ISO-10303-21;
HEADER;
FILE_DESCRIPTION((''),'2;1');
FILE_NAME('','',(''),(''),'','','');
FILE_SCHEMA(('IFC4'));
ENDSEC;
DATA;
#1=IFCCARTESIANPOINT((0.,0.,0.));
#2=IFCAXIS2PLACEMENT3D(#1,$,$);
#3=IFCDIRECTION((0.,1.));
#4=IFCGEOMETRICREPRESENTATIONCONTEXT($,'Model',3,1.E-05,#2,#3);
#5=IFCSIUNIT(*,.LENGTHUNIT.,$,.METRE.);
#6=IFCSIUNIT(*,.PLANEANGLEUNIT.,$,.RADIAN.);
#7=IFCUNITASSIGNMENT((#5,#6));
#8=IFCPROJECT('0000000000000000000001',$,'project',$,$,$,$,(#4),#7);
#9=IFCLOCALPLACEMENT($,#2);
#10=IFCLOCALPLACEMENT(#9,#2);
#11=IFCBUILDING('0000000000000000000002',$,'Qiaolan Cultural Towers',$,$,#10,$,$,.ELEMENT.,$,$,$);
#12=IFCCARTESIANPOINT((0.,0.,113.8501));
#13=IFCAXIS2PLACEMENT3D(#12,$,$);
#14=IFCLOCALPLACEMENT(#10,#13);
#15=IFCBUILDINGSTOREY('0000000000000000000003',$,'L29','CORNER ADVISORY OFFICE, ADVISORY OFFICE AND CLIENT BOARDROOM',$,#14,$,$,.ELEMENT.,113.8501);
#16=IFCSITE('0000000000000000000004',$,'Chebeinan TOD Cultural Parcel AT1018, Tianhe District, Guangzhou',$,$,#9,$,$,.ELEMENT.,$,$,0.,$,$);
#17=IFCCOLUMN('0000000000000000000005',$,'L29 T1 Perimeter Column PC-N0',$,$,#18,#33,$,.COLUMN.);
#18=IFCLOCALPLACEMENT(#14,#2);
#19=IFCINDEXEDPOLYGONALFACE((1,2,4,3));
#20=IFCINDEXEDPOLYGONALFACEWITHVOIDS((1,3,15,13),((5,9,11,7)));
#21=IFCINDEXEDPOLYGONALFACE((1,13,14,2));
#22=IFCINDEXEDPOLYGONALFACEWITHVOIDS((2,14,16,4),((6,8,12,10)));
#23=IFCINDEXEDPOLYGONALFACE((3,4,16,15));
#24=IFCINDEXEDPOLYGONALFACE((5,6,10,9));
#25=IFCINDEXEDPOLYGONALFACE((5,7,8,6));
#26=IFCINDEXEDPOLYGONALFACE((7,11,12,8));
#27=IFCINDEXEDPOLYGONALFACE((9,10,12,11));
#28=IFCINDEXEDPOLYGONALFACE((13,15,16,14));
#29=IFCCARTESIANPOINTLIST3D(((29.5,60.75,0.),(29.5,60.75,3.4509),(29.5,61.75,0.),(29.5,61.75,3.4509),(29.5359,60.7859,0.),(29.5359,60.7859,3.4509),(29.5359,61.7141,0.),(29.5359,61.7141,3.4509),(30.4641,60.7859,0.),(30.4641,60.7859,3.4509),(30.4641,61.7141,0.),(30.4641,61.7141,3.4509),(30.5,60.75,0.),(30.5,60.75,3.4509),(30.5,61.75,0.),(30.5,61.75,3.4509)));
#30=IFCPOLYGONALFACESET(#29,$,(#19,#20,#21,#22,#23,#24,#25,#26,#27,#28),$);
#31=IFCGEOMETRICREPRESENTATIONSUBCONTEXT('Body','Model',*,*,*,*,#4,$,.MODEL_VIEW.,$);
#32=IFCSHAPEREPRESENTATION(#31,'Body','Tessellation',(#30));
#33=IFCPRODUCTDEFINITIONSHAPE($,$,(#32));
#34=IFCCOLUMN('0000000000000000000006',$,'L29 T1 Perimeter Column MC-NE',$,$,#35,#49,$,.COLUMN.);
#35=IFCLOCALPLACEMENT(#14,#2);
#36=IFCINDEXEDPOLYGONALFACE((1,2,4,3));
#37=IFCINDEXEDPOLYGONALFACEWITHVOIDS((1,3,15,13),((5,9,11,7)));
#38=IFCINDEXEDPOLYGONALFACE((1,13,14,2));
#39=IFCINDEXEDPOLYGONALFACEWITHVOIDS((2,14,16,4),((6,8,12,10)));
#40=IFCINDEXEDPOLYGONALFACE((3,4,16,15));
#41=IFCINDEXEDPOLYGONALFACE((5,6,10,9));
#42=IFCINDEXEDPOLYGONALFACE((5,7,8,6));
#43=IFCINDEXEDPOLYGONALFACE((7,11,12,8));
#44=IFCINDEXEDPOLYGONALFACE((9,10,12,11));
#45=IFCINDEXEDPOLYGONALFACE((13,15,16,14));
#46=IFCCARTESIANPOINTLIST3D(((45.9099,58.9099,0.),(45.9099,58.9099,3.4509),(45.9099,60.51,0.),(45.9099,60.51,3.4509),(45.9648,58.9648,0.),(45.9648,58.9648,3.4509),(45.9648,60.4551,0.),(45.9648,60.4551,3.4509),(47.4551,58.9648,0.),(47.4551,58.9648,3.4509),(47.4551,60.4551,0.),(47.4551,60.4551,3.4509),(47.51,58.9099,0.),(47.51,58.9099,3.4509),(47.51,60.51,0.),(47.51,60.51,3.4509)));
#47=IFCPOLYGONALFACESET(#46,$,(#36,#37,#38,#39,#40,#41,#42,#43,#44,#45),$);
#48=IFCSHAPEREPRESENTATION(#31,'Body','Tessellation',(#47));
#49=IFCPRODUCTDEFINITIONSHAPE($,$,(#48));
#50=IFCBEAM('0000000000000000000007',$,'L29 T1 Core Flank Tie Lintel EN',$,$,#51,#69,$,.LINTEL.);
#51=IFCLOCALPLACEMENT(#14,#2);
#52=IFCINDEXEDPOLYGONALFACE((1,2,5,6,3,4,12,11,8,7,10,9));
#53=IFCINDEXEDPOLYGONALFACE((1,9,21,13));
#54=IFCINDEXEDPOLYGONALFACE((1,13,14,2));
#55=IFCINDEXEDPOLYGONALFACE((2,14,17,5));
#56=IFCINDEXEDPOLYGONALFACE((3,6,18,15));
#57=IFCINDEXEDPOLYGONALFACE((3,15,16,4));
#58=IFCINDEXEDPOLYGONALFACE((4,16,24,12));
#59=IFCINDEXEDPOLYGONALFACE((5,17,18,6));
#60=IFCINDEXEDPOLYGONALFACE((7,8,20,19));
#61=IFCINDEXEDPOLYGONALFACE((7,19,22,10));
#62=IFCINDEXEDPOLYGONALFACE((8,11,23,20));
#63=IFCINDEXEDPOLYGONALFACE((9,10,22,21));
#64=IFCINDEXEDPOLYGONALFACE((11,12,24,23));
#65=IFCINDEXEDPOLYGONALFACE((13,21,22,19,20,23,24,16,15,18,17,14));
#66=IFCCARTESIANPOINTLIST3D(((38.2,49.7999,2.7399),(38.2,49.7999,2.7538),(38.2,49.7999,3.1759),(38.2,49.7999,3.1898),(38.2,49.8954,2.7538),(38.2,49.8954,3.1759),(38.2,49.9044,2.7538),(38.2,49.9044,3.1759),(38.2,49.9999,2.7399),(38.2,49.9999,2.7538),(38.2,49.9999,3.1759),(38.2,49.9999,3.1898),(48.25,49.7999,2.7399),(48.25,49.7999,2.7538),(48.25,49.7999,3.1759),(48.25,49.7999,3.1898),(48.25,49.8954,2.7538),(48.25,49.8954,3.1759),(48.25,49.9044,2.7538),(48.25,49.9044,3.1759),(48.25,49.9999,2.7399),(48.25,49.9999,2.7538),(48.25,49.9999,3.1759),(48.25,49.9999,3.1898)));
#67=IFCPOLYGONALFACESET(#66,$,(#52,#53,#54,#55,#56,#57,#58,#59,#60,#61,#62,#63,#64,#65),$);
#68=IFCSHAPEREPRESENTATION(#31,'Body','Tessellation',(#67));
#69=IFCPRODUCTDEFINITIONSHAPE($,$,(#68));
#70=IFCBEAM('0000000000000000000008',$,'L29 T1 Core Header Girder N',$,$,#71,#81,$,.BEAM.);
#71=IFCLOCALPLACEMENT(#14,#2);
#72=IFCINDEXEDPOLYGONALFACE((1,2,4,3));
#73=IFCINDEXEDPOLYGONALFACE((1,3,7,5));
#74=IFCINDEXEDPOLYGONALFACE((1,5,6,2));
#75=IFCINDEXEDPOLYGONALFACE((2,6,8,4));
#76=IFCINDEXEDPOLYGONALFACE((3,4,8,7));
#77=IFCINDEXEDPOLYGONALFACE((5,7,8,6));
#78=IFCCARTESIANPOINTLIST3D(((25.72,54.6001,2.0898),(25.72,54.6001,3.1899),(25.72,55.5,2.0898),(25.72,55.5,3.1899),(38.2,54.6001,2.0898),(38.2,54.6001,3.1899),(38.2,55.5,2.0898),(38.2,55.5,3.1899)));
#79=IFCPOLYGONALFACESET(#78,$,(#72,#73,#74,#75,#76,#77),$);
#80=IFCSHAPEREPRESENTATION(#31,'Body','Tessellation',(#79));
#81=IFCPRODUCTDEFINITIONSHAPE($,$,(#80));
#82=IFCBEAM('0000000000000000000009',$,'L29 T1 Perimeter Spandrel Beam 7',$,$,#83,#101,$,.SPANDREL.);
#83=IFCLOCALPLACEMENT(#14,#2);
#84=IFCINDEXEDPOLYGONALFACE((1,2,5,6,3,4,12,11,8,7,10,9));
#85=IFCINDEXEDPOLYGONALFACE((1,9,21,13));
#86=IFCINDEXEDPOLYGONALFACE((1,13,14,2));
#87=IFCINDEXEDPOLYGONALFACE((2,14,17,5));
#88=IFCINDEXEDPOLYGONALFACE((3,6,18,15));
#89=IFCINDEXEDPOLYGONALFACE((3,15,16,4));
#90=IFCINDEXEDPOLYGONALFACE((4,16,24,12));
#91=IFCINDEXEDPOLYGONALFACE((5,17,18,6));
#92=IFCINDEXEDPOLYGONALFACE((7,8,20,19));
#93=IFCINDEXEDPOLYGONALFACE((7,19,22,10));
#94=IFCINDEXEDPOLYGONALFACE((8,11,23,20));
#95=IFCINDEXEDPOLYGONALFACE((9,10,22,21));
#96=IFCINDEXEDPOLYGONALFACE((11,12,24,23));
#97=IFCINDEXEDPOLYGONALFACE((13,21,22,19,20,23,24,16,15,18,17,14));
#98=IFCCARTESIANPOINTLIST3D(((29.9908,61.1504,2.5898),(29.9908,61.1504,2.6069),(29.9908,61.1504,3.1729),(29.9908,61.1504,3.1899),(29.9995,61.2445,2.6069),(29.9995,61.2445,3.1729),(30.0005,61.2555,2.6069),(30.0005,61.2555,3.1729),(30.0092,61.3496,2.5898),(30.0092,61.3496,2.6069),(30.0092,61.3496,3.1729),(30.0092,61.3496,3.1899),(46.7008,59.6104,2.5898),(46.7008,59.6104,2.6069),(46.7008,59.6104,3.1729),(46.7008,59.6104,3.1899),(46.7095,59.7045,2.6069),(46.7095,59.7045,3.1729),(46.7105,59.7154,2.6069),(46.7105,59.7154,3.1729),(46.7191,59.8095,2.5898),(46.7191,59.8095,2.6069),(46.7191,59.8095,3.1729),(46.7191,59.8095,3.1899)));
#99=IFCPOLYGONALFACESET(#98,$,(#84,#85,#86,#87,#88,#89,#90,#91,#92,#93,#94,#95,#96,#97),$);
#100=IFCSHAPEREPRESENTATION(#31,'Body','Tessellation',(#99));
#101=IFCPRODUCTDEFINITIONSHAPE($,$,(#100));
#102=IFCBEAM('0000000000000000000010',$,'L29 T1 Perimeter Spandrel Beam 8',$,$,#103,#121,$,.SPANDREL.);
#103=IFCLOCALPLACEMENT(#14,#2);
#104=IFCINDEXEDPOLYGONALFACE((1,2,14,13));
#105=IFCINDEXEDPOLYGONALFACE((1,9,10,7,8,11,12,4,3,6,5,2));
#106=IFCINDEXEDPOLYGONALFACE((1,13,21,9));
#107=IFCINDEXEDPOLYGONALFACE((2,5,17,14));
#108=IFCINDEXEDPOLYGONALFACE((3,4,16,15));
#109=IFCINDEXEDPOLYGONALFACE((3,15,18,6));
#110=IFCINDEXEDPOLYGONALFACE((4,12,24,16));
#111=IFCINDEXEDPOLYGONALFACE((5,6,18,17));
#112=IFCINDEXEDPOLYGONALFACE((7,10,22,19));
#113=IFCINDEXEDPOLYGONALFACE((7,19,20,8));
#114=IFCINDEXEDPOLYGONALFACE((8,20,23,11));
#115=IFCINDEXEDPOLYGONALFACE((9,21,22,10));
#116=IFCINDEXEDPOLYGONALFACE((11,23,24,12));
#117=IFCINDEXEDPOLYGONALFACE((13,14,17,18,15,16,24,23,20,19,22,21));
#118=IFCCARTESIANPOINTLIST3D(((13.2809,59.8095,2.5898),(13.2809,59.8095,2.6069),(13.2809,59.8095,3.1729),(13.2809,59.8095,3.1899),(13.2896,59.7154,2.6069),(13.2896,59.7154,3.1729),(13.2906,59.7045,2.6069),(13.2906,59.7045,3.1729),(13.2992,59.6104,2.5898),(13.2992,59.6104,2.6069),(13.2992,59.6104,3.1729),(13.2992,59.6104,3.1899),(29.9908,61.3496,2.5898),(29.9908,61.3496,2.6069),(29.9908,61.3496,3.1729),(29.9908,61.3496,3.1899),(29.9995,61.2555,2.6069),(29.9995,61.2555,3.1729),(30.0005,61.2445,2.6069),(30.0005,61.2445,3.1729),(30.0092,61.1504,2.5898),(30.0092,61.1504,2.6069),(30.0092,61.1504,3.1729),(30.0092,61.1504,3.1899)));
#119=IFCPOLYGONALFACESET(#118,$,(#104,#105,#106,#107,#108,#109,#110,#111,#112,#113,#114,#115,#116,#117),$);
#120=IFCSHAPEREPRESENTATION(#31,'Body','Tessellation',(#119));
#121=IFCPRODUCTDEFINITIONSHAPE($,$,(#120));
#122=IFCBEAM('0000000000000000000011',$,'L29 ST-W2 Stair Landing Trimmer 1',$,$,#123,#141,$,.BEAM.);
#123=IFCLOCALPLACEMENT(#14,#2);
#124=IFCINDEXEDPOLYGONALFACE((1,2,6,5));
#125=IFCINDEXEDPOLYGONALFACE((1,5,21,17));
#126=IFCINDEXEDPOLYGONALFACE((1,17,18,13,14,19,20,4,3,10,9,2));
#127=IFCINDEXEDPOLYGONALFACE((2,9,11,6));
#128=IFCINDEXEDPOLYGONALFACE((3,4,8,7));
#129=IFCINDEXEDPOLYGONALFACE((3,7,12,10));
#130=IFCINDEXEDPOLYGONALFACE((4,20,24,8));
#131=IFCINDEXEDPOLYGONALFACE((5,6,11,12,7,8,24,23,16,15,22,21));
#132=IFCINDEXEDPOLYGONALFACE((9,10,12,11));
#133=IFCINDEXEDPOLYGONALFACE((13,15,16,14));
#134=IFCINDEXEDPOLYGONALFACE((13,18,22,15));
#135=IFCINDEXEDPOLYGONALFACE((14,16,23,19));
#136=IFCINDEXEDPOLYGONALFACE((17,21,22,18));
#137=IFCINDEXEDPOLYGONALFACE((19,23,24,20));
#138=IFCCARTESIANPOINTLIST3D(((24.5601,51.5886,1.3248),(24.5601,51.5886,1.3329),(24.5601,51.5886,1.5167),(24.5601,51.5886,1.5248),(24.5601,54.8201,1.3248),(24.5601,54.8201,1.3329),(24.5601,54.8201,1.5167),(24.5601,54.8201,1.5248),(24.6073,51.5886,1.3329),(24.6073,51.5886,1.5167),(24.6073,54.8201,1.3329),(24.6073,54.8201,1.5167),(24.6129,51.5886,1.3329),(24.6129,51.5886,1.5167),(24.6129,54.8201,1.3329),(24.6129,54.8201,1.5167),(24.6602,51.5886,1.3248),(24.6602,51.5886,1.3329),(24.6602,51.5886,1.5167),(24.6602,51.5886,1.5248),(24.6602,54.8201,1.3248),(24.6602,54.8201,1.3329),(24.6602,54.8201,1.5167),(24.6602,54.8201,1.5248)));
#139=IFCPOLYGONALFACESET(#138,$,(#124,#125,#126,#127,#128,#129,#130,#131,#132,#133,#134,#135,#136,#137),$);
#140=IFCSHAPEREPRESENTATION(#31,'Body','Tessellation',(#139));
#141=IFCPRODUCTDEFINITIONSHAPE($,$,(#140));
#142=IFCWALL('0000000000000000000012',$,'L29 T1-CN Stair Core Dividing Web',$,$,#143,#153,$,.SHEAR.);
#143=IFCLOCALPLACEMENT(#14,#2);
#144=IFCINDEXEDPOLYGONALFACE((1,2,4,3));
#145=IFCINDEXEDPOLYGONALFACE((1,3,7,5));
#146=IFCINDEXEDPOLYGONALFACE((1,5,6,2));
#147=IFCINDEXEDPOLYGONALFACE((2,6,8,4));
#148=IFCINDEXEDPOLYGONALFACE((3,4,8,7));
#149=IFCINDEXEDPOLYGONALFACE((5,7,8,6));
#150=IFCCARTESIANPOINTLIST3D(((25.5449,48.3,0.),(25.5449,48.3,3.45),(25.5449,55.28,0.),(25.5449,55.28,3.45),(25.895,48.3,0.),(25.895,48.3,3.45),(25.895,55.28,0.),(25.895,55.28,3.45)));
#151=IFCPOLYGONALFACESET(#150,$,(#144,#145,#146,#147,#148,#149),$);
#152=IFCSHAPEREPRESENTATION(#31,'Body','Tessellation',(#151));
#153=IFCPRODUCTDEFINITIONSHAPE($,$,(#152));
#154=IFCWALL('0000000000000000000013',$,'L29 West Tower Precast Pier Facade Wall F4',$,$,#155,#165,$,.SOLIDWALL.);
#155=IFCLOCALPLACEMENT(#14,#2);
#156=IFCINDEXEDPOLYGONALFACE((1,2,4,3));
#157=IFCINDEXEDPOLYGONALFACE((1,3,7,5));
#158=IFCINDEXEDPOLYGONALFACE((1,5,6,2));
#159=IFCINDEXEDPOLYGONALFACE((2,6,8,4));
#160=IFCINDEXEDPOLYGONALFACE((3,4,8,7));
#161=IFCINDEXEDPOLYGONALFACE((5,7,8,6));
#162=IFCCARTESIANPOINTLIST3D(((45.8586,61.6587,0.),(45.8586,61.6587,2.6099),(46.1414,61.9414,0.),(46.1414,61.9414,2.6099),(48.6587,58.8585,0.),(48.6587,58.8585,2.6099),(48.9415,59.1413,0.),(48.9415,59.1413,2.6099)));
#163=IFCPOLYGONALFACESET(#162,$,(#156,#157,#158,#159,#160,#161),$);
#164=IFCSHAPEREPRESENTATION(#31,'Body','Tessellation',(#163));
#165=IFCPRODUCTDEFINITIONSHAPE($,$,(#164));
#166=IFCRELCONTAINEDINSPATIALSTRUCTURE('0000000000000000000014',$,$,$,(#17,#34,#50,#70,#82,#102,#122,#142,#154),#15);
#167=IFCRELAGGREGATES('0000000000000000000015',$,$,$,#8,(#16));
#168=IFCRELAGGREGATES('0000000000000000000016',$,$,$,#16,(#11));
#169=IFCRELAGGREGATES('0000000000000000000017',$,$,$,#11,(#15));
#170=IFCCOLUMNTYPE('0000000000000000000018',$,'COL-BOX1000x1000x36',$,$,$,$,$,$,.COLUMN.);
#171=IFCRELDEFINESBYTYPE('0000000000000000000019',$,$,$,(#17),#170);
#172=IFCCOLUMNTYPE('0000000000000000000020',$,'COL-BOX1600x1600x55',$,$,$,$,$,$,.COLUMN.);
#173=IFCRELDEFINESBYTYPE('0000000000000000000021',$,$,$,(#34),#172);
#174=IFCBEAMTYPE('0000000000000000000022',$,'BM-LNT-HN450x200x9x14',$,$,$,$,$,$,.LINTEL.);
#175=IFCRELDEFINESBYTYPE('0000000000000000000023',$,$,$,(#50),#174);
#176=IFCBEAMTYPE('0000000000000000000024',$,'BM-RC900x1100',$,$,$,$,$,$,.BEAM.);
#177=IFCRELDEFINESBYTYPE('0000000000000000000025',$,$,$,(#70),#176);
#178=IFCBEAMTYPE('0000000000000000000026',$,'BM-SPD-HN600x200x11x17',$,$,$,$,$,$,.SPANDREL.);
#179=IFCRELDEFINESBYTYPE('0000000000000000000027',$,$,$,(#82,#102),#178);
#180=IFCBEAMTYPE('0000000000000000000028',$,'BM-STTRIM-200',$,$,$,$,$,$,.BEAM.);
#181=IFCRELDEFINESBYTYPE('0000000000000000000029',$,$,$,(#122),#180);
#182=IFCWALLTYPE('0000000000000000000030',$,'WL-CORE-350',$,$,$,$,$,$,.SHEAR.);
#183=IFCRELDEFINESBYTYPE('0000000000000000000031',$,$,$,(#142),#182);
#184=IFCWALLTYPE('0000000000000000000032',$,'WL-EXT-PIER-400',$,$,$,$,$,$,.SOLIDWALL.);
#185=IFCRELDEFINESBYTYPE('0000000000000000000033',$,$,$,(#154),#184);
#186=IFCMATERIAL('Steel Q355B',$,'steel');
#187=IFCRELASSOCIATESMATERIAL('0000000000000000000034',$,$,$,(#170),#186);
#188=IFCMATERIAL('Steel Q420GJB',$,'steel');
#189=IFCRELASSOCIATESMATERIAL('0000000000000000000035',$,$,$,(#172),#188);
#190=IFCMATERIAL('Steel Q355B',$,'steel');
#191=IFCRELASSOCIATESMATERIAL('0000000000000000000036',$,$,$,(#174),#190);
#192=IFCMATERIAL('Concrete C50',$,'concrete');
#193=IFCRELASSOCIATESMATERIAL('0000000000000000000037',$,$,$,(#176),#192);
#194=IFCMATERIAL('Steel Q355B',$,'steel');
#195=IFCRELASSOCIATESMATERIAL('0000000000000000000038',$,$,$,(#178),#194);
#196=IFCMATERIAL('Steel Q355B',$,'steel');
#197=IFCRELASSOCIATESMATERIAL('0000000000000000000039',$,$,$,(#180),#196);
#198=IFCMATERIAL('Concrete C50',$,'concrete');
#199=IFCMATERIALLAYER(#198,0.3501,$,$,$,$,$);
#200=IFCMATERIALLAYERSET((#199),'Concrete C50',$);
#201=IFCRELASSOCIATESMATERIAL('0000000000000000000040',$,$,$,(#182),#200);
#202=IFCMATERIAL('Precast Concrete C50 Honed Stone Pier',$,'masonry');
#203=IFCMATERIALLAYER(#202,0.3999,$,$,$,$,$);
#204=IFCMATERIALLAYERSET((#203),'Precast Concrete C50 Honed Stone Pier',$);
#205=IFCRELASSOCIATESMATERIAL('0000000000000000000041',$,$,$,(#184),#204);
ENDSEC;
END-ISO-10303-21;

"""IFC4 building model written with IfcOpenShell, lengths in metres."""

from ifc_helpers import new_model, si_unit, direction, frame, frame_2d, origin, origin_2d, place, context, subcontext, project, spatial, rectangle, hollow_rectangle, i_section, extrude, material, layer, layer_set, material_profile, profile_set, type_object, element, save


model = new_model("IFC4")

# Units and contexts
model_context = context("Model", 3, precision=1e-05, world=origin(), true_north=direction((0.0, 1.0)))
body_context = subcontext(model_context, "Body", "Model", "MODEL_VIEW")
ifc_project = project(units=[si_unit("LENGTHUNIT", "METRE"), si_unit("PLANEANGLEUNIT", "RADIAN")], contexts=[model_context])

# Site, building, storey
site_placement = place(None, origin())
site = spatial("IfcSite", under=ifc_project, at=site_placement, Name="Chebeinan TOD Cultural Parcel AT1018, Tianhe District, Guangzhou", CompositionType="ELEMENT", RefElevation=0.0)
building_placement = place(site_placement, origin())
building = spatial("IfcBuilding", under=site, at=building_placement, Name="Qiaolan Cultural Towers", CompositionType="ELEMENT")
storey_placement = place(building_placement, frame((0.0, 0.0, 113.8501)))
storey = spatial("IfcBuildingStorey", under=building, at=storey_placement, Name="L29", Description="CORNER ADVISORY OFFICE, ADVISORY OFFICE AND CLIENT BOARDROOM", CompositionType="ELEMENT", Elevation=113.8501)

# Columns
ifc_material_1 = material(Name="Steel Q355B", Category="steel")
ifc_material_profile_1 = material_profile(ifc_material_1, hollow_rectangle(XDim=1.0, YDim=1.0, WallThickness=0.0359, at=origin_2d()), Name="BOX1000x1000x36")
ifc_profile_set_1 = profile_set([ifc_material_profile_1], Name="Steel Q355B")
column_type_1 = type_object("IfcColumnType", Name="COL-BOX1000x1000x36", PredefinedType="COLUMN", material=ifc_profile_set_1)
column_1_placement = place(storey_placement, frame((30.0, 61.25, 0.0), z_axis=(0.0, 0.0, 1.0), x_axis=(1.0, 0.0, 0.0)))
element("IfcColumn", 1, at=column_1_placement, inside=storey, type_object=column_type_1, Name="L29 T1 Perimeter Column PC-N0", PredefinedType="COLUMN", context=body_context, shape_type="SweptSolid", body=[
    extrude(hollow_rectangle(XDim=1.0, YDim=1.0, WallThickness=0.0359, at=origin_2d()), origin(), (0.0, 0.0, 1.0), 3.4509),
])
ifc_material_2 = material(Name="Steel Q420GJB", Category="steel")
ifc_material_profile_2 = material_profile(ifc_material_2, hollow_rectangle(XDim=1.6001, YDim=1.6001, WallThickness=0.0549, at=origin_2d()), Name="BOX1600x1600x55")
ifc_profile_set_2 = profile_set([ifc_material_profile_2], Name="Steel Q420GJB")
column_type_2 = type_object("IfcColumnType", Name="COL-BOX1600x1600x55", PredefinedType="COLUMN", material=ifc_profile_set_2)
column_2_placement = place(storey_placement, frame((46.71, 59.71, 0.0), z_axis=(0.0, 0.0, 1.0), x_axis=(1.0, 0.0, 0.0)))
element("IfcColumn", 2, at=column_2_placement, inside=storey, type_object=column_type_2, Name="L29 T1 Perimeter Column MC-NE", PredefinedType="COLUMN", context=body_context, shape_type="SweptSolid", body=[
    extrude(hollow_rectangle(XDim=1.6001, YDim=1.6001, WallThickness=0.0549, at=origin_2d()), origin(), (0.0, 0.0, 1.0), 3.4509),
])

# Beams
ifc_material_3 = material(Name="Steel Q355B", Category="steel")
ifc_material_profile_3 = material_profile(ifc_material_3, i_section(OverallWidth=0.2, OverallDepth=0.45, WebThickness=0.009, FlangeThickness=0.0139, at=origin_2d()), Name="HN450x200x9x14")
ifc_profile_set_3 = profile_set([ifc_material_profile_3], Name="Steel Q355B")
beam_type_1 = type_object("IfcBeamType", Name="BM-LNT-HN450x200x9x14", PredefinedType="LINTEL", material=ifc_profile_set_3)
beam_1_placement = place(storey_placement, frame((38.2, 49.8999, 2.9648), z_axis=(1.0, 0.0, 0.0), x_axis=(0.0, 1.0, 0.0)))
element("IfcBeam", 3, at=beam_1_placement, inside=storey, type_object=beam_type_1, Name="L29 T1 Core Flank Tie Lintel EN", PredefinedType="LINTEL", context=body_context, shape_type="SweptSolid", body=[
    extrude(i_section(OverallWidth=0.2, OverallDepth=0.45, WebThickness=0.009, FlangeThickness=0.0139, at=origin_2d()), origin(), (0.0, 0.0, 1.0), 10.05),
])
ifc_material_4 = material(Name="Concrete C50", Category="concrete")
ifc_material_profile_4 = material_profile(ifc_material_4, rectangle(XDim=0.8999, YDim=1.1001, at=origin_2d()), Name="RC900x1100")
ifc_profile_set_4 = profile_set([ifc_material_profile_4], Name="Concrete C50")
beam_type_2 = type_object("IfcBeamType", Name="BM-RC900x1100", PredefinedType="BEAM", material=ifc_profile_set_4)
beam_2_placement = place(storey_placement, frame((25.72, 55.05, 2.6399), z_axis=(1.0, 0.0, 0.0), x_axis=(0.0, 1.0, 0.0)))
element("IfcBeam", 4, at=beam_2_placement, inside=storey, type_object=beam_type_2, Name="L29 T1 Core Header Girder N", PredefinedType="BEAM", context=body_context, shape_type="SweptSolid", body=[
    extrude(rectangle(XDim=0.8999, YDim=1.1001, at=origin_2d()), origin(), (0.0, 0.0, 1.0), 12.48),
])
ifc_material_5 = material(Name="Steel Q355B", Category="steel")
ifc_material_profile_5 = material_profile(ifc_material_5, i_section(OverallWidth=0.2, OverallDepth=0.6001, WebThickness=0.011, FlangeThickness=0.0171, at=origin_2d()), Name="HN600x200x11x17")
ifc_profile_set_5 = profile_set([ifc_material_profile_5], Name="Steel Q355B")
beam_type_3 = type_object("IfcBeamType", Name="BM-SPD-HN600x200x11x17", PredefinedType="SPANDREL", material=ifc_profile_set_5)
for number, where, z_axis, x_axis, name in (
    (5, (46.71, 59.71, 2.8899), (-0.99578, 0.091774, 0.0), (-0.091774, -0.99578, 0.0), "L29 T1 Perimeter Spandrel Beam 7"),
    (6, (30.0, 61.25, 2.8899), (-0.99578, -0.091774, 0.0), (0.091774, -0.99578, 0.0), "L29 T1 Perimeter Spandrel Beam 8"),
):
    element("IfcBeam", number, at=place(storey_placement, frame(where, z_axis=z_axis, x_axis=x_axis)), inside=storey, type_object=beam_type_3, Name=name, PredefinedType="SPANDREL", context=body_context, shape_type="SweptSolid", body=[
        extrude(i_section(OverallWidth=0.2, OverallDepth=0.6001, WebThickness=0.011, FlangeThickness=0.0171, at=origin_2d()), origin(), (0.0, 0.0, 1.0), 16.7808),
    ])
ifc_material_6 = material(Name="Steel Q355B", Category="steel")
ifc_material_profile_6 = material_profile(ifc_material_6, i_section(OverallWidth=0.1001, OverallDepth=0.2, WebThickness=0.0056, FlangeThickness=0.0081, at=origin_2d()), Name="HN200x100x5.5x8")
ifc_profile_set_6 = profile_set([ifc_material_profile_6], Name="Steel Q355B")
beam_type_4 = type_object("IfcBeamType", Name="BM-STTRIM-200", PredefinedType="BEAM", material=ifc_profile_set_6)
beam_3_placement = place(storey_placement, frame((24.6101, 51.5886, 1.4248), z_axis=(0.0, 1.0, 0.0), x_axis=(-1.0, 0.0, 0.0)))
element("IfcBeam", 7, at=beam_3_placement, inside=storey, type_object=beam_type_4, Name="L29 ST-W2 Stair Landing Trimmer 1", PredefinedType="BEAM", context=body_context, shape_type="SweptSolid", body=[
    extrude(i_section(OverallWidth=0.1001, OverallDepth=0.2, WebThickness=0.0056, FlangeThickness=0.0081, at=origin_2d()), origin(), (0.0, 0.0, 1.0), 3.2314),
])

# Walls
ifc_material_7 = material(Name="Concrete C50", Category="concrete")
ifc_layer_1 = layer(ifc_material_7, 0.3501)
ifc_layer_set_1 = layer_set([ifc_layer_1], Name="Concrete C50")
wall_type_1 = type_object("IfcWallType", Name="WL-CORE-350", PredefinedType="SHEAR", material=ifc_layer_set_1)
wall_1_placement = place(storey_placement, frame((25.72, 48.3, 0.0), z_axis=(0.0, 0.0, 1.0), x_axis=(0.0, 1.0, 0.0)))
element("IfcWall", 8, at=wall_1_placement, inside=storey, type_object=wall_type_1, Name="L29 T1-CN Stair Core Dividing Web", PredefinedType="SHEAR", context=body_context, shape_type="SweptSolid", body=[
    extrude(rectangle(XDim=6.98, YDim=0.3501, at=frame_2d((3.49, 0.0))), origin(), (0.0, 0.0, 1.0), 3.45),
])
ifc_material_8 = material(Name="Precast Concrete C50 Honed Stone Pier", Category="masonry")
ifc_layer_2 = layer(ifc_material_8, 0.3999)
ifc_layer_set_2 = layer_set([ifc_layer_2], Name="Precast Concrete C50 Honed Stone Pier")
wall_type_2 = type_object("IfcWallType", Name="WL-EXT-PIER-400", PredefinedType="SOLIDWALL", material=ifc_layer_set_2)
wall_2_placement = place(storey_placement, frame((46.0, 61.8, 0.0), z_axis=(0.0, 0.0, 1.0), x_axis=(0.707107, -0.707107, 0.0)))
element("IfcWall", 9, at=wall_2_placement, inside=storey, type_object=wall_type_2, Name="L29 West Tower Precast Pier Facade Wall F4", PredefinedType="SOLIDWALL", context=body_context, shape_type="SweptSolid", body=[
    extrude(rectangle(XDim=3.96, YDim=0.3999, at=frame_2d((1.98, 0.0))), origin(), (0.0, 0.0, 1.0), 2.6099),
])

save(model, "model.ifc")
